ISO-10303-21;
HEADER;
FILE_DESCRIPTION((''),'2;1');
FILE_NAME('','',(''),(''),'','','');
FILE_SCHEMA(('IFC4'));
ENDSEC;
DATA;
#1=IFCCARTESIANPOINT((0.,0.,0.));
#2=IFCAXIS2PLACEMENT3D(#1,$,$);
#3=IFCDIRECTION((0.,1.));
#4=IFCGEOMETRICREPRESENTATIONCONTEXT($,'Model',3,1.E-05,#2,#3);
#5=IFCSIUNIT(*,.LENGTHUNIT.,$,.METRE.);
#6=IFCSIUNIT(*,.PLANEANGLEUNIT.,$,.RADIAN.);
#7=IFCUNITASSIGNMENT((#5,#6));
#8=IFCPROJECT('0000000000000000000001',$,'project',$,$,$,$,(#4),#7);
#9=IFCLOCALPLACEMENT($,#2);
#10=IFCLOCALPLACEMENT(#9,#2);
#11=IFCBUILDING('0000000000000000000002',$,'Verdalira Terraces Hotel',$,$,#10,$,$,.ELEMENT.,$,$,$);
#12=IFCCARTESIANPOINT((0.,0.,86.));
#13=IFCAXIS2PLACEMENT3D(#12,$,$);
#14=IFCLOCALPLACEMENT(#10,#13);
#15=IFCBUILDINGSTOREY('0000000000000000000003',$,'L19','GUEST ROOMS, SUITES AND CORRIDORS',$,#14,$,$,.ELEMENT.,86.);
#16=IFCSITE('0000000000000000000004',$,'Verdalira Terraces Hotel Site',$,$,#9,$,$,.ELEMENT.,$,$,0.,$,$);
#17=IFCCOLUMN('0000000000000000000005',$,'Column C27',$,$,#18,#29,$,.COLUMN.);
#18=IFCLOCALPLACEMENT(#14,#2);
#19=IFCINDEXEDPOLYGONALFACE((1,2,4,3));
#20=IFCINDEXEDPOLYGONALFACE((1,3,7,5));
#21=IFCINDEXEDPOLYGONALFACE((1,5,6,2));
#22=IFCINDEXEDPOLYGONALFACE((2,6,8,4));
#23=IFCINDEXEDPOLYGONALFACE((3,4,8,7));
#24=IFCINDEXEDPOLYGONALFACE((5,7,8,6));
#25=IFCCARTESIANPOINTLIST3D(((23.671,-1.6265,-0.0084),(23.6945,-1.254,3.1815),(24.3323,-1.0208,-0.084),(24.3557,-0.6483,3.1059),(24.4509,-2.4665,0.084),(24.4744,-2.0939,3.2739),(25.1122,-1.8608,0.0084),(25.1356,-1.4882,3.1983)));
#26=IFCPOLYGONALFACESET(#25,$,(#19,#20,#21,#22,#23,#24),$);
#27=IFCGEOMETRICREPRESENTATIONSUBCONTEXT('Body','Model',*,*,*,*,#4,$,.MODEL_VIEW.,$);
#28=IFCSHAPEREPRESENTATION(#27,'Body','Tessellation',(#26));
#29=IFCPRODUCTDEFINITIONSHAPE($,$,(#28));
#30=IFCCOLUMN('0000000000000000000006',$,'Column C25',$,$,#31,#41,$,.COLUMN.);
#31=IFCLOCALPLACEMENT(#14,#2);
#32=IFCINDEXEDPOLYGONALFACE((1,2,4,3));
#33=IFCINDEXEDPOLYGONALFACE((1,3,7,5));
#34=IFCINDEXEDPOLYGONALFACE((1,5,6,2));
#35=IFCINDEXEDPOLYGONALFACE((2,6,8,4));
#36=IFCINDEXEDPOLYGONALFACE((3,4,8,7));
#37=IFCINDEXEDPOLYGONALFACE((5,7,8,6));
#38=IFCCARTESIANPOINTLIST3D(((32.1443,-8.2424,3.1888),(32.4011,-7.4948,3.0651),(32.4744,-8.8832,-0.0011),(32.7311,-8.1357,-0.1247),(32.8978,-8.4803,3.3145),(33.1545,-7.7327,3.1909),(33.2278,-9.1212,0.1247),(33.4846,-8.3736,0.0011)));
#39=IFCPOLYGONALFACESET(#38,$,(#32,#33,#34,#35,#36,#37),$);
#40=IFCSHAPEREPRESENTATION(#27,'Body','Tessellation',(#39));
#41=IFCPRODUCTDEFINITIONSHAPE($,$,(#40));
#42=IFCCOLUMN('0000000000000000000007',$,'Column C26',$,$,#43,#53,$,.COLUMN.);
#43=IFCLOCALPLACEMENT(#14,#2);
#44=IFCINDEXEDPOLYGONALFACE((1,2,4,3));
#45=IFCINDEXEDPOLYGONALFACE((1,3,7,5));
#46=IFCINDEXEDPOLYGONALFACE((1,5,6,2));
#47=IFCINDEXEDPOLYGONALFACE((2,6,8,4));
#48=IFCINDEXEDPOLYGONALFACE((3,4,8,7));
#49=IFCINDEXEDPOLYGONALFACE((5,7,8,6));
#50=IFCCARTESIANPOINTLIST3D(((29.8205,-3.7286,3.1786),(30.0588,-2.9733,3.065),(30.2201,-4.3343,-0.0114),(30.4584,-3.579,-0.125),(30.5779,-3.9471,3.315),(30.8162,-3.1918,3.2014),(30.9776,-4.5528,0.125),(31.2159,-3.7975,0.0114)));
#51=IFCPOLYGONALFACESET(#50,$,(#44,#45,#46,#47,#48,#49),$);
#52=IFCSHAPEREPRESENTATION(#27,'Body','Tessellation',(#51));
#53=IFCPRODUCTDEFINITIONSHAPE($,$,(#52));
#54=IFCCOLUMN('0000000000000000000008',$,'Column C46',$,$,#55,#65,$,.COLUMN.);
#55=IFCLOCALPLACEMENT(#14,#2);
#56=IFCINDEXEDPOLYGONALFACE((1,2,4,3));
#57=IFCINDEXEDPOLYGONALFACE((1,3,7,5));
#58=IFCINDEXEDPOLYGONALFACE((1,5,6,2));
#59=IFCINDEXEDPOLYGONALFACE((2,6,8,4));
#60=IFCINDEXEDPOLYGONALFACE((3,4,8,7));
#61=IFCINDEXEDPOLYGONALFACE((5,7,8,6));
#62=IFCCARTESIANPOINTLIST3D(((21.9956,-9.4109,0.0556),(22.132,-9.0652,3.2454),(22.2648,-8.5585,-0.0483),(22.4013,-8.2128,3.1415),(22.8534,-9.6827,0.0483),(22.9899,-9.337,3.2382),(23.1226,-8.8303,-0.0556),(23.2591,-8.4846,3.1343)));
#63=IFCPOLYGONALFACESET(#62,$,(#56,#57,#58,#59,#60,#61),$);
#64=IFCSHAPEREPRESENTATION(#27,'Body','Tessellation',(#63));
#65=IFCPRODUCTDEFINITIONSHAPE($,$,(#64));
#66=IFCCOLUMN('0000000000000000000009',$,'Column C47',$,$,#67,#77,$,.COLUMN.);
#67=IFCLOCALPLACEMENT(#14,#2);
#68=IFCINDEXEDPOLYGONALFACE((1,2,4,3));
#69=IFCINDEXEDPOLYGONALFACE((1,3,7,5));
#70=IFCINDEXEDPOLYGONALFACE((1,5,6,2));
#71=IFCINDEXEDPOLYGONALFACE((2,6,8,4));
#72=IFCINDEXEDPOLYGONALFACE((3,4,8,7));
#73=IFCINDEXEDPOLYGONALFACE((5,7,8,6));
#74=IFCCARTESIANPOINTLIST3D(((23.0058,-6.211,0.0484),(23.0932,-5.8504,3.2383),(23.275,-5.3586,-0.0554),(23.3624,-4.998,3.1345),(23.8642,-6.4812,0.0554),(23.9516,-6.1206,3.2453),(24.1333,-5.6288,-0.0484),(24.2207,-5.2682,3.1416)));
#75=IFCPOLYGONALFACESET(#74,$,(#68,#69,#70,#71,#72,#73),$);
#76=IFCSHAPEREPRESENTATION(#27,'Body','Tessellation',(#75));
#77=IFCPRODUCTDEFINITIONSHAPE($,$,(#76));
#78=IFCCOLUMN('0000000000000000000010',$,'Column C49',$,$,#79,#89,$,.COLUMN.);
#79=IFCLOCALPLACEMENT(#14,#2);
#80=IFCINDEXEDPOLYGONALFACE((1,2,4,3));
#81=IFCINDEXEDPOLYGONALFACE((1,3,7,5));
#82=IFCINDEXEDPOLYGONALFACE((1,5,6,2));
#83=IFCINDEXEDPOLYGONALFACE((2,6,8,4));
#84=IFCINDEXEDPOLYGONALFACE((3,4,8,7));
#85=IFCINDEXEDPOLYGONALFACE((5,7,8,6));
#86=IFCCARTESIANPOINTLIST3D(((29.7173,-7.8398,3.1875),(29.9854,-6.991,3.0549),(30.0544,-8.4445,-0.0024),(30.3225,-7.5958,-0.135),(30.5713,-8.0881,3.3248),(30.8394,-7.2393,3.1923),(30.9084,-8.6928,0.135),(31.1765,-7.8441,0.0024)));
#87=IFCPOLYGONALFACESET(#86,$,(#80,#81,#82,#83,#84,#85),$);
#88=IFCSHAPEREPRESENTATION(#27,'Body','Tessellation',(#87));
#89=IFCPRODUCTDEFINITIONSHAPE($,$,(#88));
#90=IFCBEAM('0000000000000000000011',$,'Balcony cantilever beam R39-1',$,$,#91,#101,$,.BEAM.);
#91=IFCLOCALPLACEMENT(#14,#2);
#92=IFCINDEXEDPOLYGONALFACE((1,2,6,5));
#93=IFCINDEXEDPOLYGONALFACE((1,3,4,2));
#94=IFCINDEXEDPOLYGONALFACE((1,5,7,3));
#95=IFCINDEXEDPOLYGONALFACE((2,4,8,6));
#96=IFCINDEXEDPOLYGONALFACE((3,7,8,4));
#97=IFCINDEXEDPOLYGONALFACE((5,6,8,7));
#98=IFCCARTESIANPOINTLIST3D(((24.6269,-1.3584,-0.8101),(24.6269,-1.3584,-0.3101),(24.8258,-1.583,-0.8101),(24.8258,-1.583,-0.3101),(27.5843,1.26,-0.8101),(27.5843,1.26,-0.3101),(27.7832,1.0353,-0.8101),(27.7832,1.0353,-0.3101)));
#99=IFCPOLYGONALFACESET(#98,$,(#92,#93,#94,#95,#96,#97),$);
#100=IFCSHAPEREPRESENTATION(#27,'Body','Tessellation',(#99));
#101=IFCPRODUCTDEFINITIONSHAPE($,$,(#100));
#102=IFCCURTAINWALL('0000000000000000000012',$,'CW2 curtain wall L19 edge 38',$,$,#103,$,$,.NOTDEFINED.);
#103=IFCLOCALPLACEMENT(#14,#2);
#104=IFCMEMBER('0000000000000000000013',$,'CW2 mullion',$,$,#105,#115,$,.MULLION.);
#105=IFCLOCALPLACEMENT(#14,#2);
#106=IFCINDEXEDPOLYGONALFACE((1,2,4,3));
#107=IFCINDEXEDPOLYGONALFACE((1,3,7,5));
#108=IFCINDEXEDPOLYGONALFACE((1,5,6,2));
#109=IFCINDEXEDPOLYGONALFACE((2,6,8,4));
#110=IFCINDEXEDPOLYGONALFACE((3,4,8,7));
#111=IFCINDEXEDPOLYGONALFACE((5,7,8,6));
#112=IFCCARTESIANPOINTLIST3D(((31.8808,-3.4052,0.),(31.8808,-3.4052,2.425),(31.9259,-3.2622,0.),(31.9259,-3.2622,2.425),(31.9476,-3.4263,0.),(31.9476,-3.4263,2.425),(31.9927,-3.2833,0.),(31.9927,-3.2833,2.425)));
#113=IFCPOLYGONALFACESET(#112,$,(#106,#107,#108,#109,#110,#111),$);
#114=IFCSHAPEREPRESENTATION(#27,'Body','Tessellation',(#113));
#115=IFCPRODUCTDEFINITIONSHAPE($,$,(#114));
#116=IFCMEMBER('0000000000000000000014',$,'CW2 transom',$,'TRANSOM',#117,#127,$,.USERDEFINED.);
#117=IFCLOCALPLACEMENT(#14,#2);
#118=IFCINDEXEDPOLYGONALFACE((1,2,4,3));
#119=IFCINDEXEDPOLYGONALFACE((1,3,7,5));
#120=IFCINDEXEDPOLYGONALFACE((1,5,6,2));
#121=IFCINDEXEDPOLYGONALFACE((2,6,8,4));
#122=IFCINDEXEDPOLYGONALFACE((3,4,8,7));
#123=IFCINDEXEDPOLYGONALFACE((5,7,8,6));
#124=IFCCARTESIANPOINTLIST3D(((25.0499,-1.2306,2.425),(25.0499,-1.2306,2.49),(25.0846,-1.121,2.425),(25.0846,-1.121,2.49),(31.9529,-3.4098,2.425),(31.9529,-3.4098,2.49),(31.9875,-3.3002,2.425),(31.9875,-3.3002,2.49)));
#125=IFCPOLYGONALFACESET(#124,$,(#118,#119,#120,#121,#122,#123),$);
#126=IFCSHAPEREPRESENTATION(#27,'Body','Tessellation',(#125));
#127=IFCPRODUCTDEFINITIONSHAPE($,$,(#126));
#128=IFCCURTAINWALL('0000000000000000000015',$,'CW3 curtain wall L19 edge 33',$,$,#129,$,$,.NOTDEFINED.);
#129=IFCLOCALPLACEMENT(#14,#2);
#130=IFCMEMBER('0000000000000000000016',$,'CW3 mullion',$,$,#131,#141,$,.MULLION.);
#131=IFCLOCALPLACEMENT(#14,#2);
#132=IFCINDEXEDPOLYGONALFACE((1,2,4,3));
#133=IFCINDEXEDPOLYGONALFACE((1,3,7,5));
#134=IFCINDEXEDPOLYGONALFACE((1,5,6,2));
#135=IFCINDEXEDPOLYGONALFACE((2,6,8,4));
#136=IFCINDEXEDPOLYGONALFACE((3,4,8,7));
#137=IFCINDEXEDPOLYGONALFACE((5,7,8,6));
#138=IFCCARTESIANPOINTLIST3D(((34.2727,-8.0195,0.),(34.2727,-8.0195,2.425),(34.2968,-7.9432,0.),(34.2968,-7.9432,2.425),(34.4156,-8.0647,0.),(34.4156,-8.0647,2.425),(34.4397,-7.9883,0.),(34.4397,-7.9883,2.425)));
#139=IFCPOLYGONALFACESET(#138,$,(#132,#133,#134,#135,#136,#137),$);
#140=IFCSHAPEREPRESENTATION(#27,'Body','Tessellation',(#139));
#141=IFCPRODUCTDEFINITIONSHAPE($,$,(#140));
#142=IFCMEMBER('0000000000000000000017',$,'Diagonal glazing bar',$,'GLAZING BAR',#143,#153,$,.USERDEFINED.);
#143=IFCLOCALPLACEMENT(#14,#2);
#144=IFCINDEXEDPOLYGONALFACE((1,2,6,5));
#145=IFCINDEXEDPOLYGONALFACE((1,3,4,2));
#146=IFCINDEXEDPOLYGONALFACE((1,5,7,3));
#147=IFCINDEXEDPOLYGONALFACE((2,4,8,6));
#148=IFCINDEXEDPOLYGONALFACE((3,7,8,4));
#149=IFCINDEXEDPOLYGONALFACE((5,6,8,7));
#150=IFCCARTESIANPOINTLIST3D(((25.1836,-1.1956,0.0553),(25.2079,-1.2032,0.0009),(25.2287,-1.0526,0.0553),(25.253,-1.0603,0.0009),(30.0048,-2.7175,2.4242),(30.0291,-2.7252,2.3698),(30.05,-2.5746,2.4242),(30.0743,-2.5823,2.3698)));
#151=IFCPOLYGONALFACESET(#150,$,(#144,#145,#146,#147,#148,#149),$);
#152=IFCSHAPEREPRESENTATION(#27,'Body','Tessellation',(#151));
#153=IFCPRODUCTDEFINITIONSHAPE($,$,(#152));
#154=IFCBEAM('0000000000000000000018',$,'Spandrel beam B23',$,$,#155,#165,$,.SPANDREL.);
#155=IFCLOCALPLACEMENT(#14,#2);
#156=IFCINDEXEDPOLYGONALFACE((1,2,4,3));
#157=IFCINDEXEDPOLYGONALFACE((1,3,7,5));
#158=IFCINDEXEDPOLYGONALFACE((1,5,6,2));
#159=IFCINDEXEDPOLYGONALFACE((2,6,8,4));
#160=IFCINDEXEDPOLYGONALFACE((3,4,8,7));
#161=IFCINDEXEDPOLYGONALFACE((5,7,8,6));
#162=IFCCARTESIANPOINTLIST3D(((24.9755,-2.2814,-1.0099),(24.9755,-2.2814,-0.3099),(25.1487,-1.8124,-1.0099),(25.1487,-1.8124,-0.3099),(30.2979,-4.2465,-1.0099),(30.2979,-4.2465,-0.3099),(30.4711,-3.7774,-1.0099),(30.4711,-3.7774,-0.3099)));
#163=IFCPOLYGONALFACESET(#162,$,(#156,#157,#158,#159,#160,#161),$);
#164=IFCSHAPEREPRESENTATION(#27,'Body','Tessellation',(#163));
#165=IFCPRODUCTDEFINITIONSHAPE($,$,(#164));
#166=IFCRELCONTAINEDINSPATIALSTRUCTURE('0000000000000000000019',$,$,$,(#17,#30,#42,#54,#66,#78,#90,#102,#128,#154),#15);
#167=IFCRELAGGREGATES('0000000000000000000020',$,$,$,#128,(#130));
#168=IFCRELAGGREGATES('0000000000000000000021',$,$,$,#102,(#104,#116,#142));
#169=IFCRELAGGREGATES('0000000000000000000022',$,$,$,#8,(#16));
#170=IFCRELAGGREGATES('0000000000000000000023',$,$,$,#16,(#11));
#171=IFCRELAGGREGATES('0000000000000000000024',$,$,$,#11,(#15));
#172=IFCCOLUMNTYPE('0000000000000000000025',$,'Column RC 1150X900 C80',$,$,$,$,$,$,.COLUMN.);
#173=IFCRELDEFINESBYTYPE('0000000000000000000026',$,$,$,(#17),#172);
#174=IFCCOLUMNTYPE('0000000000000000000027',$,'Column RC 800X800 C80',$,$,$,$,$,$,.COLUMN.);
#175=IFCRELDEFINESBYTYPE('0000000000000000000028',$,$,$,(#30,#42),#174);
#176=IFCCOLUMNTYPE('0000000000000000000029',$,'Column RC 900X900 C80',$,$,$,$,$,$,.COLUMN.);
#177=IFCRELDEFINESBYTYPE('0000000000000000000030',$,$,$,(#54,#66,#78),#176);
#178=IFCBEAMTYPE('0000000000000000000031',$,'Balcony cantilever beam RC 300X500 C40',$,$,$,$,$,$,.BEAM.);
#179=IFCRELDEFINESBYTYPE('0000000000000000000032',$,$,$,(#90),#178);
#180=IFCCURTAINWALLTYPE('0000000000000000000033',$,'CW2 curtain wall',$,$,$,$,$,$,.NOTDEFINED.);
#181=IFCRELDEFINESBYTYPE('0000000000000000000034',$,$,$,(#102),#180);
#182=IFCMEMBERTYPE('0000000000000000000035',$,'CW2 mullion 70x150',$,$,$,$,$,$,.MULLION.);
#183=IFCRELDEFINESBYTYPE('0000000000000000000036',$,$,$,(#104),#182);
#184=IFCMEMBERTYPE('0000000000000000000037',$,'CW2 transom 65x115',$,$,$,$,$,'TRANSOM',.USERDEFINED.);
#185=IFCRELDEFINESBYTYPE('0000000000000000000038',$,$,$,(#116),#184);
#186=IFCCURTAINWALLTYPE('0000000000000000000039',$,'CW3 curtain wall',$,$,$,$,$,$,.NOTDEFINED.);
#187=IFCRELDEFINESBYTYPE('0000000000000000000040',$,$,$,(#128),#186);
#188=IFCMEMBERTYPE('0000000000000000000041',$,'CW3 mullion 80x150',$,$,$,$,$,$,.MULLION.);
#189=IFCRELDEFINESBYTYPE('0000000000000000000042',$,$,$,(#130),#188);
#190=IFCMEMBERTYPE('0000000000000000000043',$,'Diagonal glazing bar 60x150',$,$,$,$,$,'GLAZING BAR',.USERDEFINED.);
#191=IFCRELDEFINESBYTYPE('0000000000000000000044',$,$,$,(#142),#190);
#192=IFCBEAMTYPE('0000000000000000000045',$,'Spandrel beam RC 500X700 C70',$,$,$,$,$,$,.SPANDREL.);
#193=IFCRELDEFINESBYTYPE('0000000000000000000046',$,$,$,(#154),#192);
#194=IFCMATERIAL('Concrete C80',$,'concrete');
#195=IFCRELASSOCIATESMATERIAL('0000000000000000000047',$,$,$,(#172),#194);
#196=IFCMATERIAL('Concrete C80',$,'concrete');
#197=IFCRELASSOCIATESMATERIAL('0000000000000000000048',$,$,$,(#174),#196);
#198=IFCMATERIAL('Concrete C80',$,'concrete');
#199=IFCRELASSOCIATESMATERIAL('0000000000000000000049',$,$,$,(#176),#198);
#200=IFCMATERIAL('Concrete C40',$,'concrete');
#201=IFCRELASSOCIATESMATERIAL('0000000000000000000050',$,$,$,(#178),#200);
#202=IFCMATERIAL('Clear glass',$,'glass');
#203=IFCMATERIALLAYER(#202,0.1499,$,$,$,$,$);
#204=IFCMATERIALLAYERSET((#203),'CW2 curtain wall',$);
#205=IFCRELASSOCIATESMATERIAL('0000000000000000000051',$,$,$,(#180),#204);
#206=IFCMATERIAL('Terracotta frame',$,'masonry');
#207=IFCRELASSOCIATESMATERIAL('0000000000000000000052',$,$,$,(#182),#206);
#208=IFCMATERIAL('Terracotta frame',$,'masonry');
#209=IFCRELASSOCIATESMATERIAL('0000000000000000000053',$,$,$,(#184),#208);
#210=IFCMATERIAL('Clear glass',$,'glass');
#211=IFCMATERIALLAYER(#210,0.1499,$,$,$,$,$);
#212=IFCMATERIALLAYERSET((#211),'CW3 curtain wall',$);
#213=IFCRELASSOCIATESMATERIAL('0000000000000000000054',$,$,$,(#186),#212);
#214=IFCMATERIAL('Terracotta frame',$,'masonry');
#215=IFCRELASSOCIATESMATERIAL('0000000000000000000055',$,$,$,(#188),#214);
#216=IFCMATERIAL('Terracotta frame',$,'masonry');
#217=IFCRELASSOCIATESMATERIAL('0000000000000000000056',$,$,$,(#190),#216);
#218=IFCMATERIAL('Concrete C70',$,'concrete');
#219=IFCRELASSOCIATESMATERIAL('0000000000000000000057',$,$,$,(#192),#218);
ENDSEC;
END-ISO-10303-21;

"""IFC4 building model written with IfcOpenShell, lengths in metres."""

from ifc_helpers import new_model, si_unit, direction, frame, origin, origin_2d, place, context, subcontext, project, spatial, rectangle, extrude, material, layer, layer_set, material_profile, profile_set, type_object, element, aggregate, save


model = new_model("IFC4")

# Units and contexts
model_context = context("Model", 3, precision=1e-05, world=origin(), true_north=direction((0.0, 1.0)))
body_context = subcontext(model_context, "Body", "Model", "MODEL_VIEW")
ifc_project = project(units=[si_unit("LENGTHUNIT", "METRE"), si_unit("PLANEANGLEUNIT", "RADIAN")], contexts=[model_context])

# Site, building, storey
site_placement = place(None, origin())
site = spatial("IfcSite", under=ifc_project, at=site_placement, Name="Verdalira Terraces Hotel Site", CompositionType="ELEMENT", RefElevation=0.0)
building_placement = place(site_placement, origin())
building = spatial("IfcBuilding", under=site, at=building_placement, Name="Verdalira Terraces Hotel", CompositionType="ELEMENT")
storey_placement = place(building_placement, frame((0.0, 0.0, 86.0)))
storey = spatial("IfcBuildingStorey", under=building, at=storey_placement, Name="L19", Description="GUEST ROOMS, SUITES AND CORRIDORS", CompositionType="ELEMENT", Elevation=86.0)

# Columns
ifc_material_1 = material(Name="Concrete C80", Category="concrete")
ifc_material_profile_1 = material_profile(ifc_material_1, rectangle(XDim=1.1499, YDim=0.8999, at=origin_2d()), Name="RC 1150X900")
ifc_profile_set_1 = profile_set([ifc_material_profile_1], Name="Concrete C80")
column_type_1 = type_object("IfcColumnType", Name="Column RC 1150X900 C80", PredefinedType="COLUMN", material=ifc_profile_set_1)
column_1_placement = place(storey_placement, frame((24.3916, -1.7437, 0.0), z_axis=(0.007298, 0.116, 0.993222), x_axis=(0.678248, -0.730429, 0.080325)))
element("IfcColumn", 1, at=column_1_placement, inside=storey, type_object=column_type_1, Name="Column C27", PredefinedType="COLUMN", context=body_context, shape_type="SweptSolid", body=[
    extrude(rectangle(XDim=1.1499, YDim=0.8999, at=origin_2d()), origin(), (0.0, 0.0, 1.0), 3.2117),
])
ifc_material_2 = material(Name="Concrete C80", Category="concrete")
ifc_material_profile_2 = material_profile(ifc_material_2, rectangle(XDim=0.8, YDim=0.8, at=origin_2d()), Name="RC 800X800")
ifc_profile_set_2 = profile_set([ifc_material_profile_2], Name="Concrete C80")
column_type_2 = type_object("IfcColumnType", Name="Column RC 800X800 C80", PredefinedType="COLUMN", material=ifc_profile_set_2)
column_2_placement = place(storey_placement, frame((32.9795, -8.6284, 0.0), z_axis=(-0.10093, 0.195962, 0.975404), x_axis=(0.320896, 0.934424, -0.154524)))
element("IfcColumn", 2, at=column_2_placement, inside=storey, type_object=column_type_2, Name="Column C25", PredefinedType="COLUMN", context=body_context, shape_type="SweptSolid", body=[
    extrude(rectangle(XDim=0.8, YDim=0.8, at=origin_2d()), origin(), (0.0, 0.0, 1.0), 3.2703),
])
column_3_placement = place(storey_placement, frame((30.718, -4.0659, 0.0), z_axis=(-0.122166, 0.185152, 0.975087), x_axis=(-0.946759, 0.273104, -0.170474)))
element("IfcColumn", 3, at=column_3_placement, inside=storey, type_object=column_type_2, Name="Column C26", PredefinedType="COLUMN", context=body_context, shape_type="SweptSolid", body=[
    extrude(rectangle(XDim=0.8, YDim=0.8, at=origin_2d()), origin(), (0.0, 0.0, 1.0), 3.2715),
])
ifc_material_3 = material(Name="Concrete C80", Category="concrete")
ifc_material_profile_3 = material_profile(ifc_material_3, rectangle(XDim=0.8999, YDim=0.8999, at=origin_2d()), Name="RC 900X900")
ifc_profile_set_3 = profile_set([ifc_material_profile_3], Name="Concrete C80")
column_type_3 = type_object("IfcColumnType", Name="Column RC 900X900 C80", PredefinedType="COLUMN", material=ifc_profile_set_3)
for number, where, z_axis, x_axis, name in (
    (4, (22.5591, -9.1206, 0.0), (0.042495, 0.107645, 0.993281), (0.95325, -0.302074, -0.008046), "Column C46"),
    (5, (23.5696, -5.9199, 0.0), (0.027216, 0.112284, 0.993303), (0.953827, -0.300256, 0.007807), "Column C47"),
):
    element("IfcColumn", number, at=place(storey_placement, frame(where, z_axis=z_axis, x_axis=x_axis)), inside=storey, type_object=column_type_3, Name=name, PredefinedType="COLUMN", context=body_context, shape_type="SweptSolid", body=[
        extrude(rectangle(XDim=0.8999, YDim=0.8999, at=origin_2d()), origin(), (0.0, 0.0, 1.0), 3.2114),
    ])
column_4_placement = place(storey_placement, frame((30.6155, -8.1443, 0.0), z_axis=(-0.103289, 0.185262, 0.977246), x_axis=(0.948991, -0.27591, 0.152609)))
element("IfcColumn", 6, at=column_4_placement, inside=storey, type_object=column_type_3, Name="Column C49", PredefinedType="COLUMN", context=body_context, shape_type="SweptSolid", body=[
    extrude(rectangle(XDim=0.8999, YDim=0.8999, at=origin_2d()), origin(), (0.0, 0.0, 1.0), 3.2642),
])

# Beam
ifc_material_4 = material(Name="Concrete C40", Category="concrete")
ifc_material_profile_4 = material_profile(ifc_material_4, rectangle(XDim=0.3, YDim=0.5, at=origin_2d()), Name="RC 300X500")
ifc_profile_set_4 = profile_set([ifc_material_profile_4], Name="Concrete C40")
beam_type_1 = type_object("IfcBeamType", Name="Balcony cantilever beam RC 300X500 C40", PredefinedType="BEAM", material=ifc_profile_set_4)
beam_1_placement = place(storey_placement, frame((24.7263, -1.4707, -0.5601), z_axis=(0.748728, 0.662878, 0.0), x_axis=(-0.662878, 0.748728, 0.0)))
element("IfcBeam", 7, at=beam_1_placement, inside=storey, type_object=beam_type_1, Name="Balcony cantilever beam R39-1", PredefinedType="BEAM", context=body_context, shape_type="SweptSolid", body=[
    extrude(rectangle(XDim=0.3, YDim=0.5, at=origin_2d()), origin(), (0.0, 0.0, 1.0), 3.95),
])

# Curtain wall, members
ifc_material_5 = material(Name="Clear glass", Category="glass")
ifc_layer_1 = layer(ifc_material_5, 0.1499)
ifc_layer_set_1 = layer_set([ifc_layer_1], Name="CW2 curtain wall")
curtain_wall_type_1 = type_object("IfcCurtainWallType", Name="CW2 curtain wall", PredefinedType="NOTDEFINED", material=ifc_layer_set_1)
curtain_wall_1_placement = place(storey_placement, origin())
curtain_wall_1 = element("IfcCurtainWall", 8, at=curtain_wall_1_placement, inside=storey, type_object=curtain_wall_type_1, Name="CW2 curtain wall L19 edge 38", PredefinedType="NOTDEFINED")
ifc_material_6 = material(Name="Terracotta frame", Category="masonry")
ifc_material_profile_5 = material_profile(ifc_material_6, rectangle(XDim=0.0701, YDim=0.1499, at=origin_2d()), Name="MU 70x150")
ifc_profile_set_5 = profile_set([ifc_material_profile_5], Name="Terracotta frame")
member_type_1 = type_object("IfcMemberType", Name="CW2 mullion 70x150", PredefinedType="MULLION", material=ifc_profile_set_5)
member_1_placement = place(storey_placement, frame((31.9368, -3.3442, 0.0), z_axis=(0.0, 0.0, 1.0), x_axis=(-0.953612, 0.301039, 0.0)))
member_1 = element("IfcMember", 9, at=member_1_placement, type_object=member_type_1, Name="CW2 mullion", PredefinedType="MULLION", context=body_context, shape_type="SweptSolid", body=[
    extrude(rectangle(XDim=0.0701, YDim=0.1499, at=origin_2d()), origin(), (0.0, 0.0, 1.0), 2.425),
])
ifc_material_7 = material(Name="Terracotta frame", Category="masonry")
ifc_material_profile_6 = material_profile(ifc_material_7, rectangle(XDim=0.115, YDim=0.0649, at=origin_2d()), Name="TR 65x115")
ifc_profile_set_6 = profile_set([ifc_material_profile_6], Name="Terracotta frame")
member_type_2 = type_object("IfcMemberType", Name="CW2 transom 65x115", ElementType="TRANSOM", PredefinedType="USERDEFINED", material=ifc_profile_set_6)
member_2_placement = place(storey_placement, frame((31.9702, -3.355, 2.4575), z_axis=(-0.953611, 0.301041, 0.0), x_axis=(-0.301041, -0.953611, 0.0)))
member_2 = element("IfcMember", 10, at=member_2_placement, type_object=member_type_2, Name="CW2 transom", ObjectType="TRANSOM", PredefinedType="USERDEFINED", context=body_context, shape_type="SweptSolid", body=[
    extrude(rectangle(XDim=0.115, YDim=0.0649, at=origin_2d()), origin(), (0.0, 0.0, 1.0), 7.2388),
])

# Curtain wall, member
ifc_material_8 = material(Name="Clear glass", Category="glass")
ifc_layer_2 = layer(ifc_material_8, 0.1499)
ifc_layer_set_2 = layer_set([ifc_layer_2], Name="CW3 curtain wall")
curtain_wall_type_2 = type_object("IfcCurtainWallType", Name="CW3 curtain wall", PredefinedType="NOTDEFINED", material=ifc_layer_set_2)
curtain_wall_2_placement = place(storey_placement, origin())
curtain_wall_2 = element("IfcCurtainWall", 11, at=curtain_wall_2_placement, inside=storey, type_object=curtain_wall_type_2, Name="CW3 curtain wall L19 edge 33", PredefinedType="NOTDEFINED")
ifc_material_9 = material(Name="Terracotta frame", Category="masonry")
ifc_material_profile_7 = material_profile(ifc_material_9, rectangle(XDim=0.0801, YDim=0.1499, at=origin_2d()), Name="MU 80x150")
ifc_profile_set_7 = profile_set([ifc_material_profile_7], Name="Terracotta frame")
member_type_3 = type_object("IfcMemberType", Name="CW3 mullion 80x150", PredefinedType="MULLION", material=ifc_profile_set_7)
member_3_placement = place(storey_placement, frame((34.3562, -8.0039, 0.0), z_axis=(0.0, 0.0, 1.0), x_axis=(0.301039, 0.953612, 0.0)))
member_3 = element("IfcMember", 12, at=member_3_placement, type_object=member_type_3, Name="CW3 mullion", PredefinedType="MULLION", context=body_context, shape_type="SweptSolid", body=[
    extrude(rectangle(XDim=0.0801, YDim=0.1499, at=origin_2d()), origin(), (0.0, 0.0, 1.0), 2.425),
])
aggregate(curtain_wall_2, [member_3])

# Member
ifc_material_10 = material(Name="Terracotta frame", Category="masonry")
ifc_material_profile_8 = material_profile(ifc_material_10, rectangle(XDim=0.1499, YDim=0.0601, at=origin_2d()), Name="GB 60x150")
ifc_profile_set_8 = profile_set([ifc_material_profile_8], Name="Terracotta frame")
member_type_4 = type_object("IfcMemberType", Name="Diagonal glazing bar 60x150", ElementType="GLAZING BAR", PredefinedType="USERDEFINED", material=ifc_profile_set_8)
member_4_placement = place(storey_placement, frame((30.0396, -2.6499, 2.397), z_axis=(-0.863524, 0.272595, -0.424285), x_axis=(-0.301034, -0.953613, 0.0)))
member_4 = element("IfcMember", 13, at=member_4_placement, type_object=member_type_4, Name="Diagonal glazing bar", ObjectType="GLAZING BAR", PredefinedType="USERDEFINED", context=body_context, shape_type="SweptSolid", body=[
    extrude(rectangle(XDim=0.1499, YDim=0.0601, at=origin_2d()), origin(), (0.0, 0.0, 1.0), 5.5833),
])

# Beam
ifc_material_11 = material(Name="Concrete C70", Category="concrete")
ifc_material_profile_9 = material_profile(ifc_material_11, rectangle(XDim=0.5, YDim=0.7, at=origin_2d()), Name="RC 500X700")
ifc_profile_set_9 = profile_set([ifc_material_profile_9], Name="Concrete C70")
beam_type_2 = type_object("IfcBeamType", Name="Spandrel beam RC 500X700 C70", PredefinedType="SPANDREL", material=ifc_profile_set_9)
beam_2_placement = place(storey_placement, frame((30.3845, -4.012, -0.6599), z_axis=(-0.938105, 0.346351, 0.0), x_axis=(-0.346351, -0.938105, 0.0)))
element("IfcBeam", 14, at=beam_2_placement, inside=storey, type_object=beam_type_2, Name="Spandrel beam B23", PredefinedType="SPANDREL", context=body_context, shape_type="SweptSolid", body=[
    extrude(rectangle(XDim=0.5, YDim=0.7, at=origin_2d()), origin(), (0.0, 0.0, 1.0), 5.6736),
])

aggregate(curtain_wall_1, [member_1, member_2, member_4])

save(model, "model.ifc")
